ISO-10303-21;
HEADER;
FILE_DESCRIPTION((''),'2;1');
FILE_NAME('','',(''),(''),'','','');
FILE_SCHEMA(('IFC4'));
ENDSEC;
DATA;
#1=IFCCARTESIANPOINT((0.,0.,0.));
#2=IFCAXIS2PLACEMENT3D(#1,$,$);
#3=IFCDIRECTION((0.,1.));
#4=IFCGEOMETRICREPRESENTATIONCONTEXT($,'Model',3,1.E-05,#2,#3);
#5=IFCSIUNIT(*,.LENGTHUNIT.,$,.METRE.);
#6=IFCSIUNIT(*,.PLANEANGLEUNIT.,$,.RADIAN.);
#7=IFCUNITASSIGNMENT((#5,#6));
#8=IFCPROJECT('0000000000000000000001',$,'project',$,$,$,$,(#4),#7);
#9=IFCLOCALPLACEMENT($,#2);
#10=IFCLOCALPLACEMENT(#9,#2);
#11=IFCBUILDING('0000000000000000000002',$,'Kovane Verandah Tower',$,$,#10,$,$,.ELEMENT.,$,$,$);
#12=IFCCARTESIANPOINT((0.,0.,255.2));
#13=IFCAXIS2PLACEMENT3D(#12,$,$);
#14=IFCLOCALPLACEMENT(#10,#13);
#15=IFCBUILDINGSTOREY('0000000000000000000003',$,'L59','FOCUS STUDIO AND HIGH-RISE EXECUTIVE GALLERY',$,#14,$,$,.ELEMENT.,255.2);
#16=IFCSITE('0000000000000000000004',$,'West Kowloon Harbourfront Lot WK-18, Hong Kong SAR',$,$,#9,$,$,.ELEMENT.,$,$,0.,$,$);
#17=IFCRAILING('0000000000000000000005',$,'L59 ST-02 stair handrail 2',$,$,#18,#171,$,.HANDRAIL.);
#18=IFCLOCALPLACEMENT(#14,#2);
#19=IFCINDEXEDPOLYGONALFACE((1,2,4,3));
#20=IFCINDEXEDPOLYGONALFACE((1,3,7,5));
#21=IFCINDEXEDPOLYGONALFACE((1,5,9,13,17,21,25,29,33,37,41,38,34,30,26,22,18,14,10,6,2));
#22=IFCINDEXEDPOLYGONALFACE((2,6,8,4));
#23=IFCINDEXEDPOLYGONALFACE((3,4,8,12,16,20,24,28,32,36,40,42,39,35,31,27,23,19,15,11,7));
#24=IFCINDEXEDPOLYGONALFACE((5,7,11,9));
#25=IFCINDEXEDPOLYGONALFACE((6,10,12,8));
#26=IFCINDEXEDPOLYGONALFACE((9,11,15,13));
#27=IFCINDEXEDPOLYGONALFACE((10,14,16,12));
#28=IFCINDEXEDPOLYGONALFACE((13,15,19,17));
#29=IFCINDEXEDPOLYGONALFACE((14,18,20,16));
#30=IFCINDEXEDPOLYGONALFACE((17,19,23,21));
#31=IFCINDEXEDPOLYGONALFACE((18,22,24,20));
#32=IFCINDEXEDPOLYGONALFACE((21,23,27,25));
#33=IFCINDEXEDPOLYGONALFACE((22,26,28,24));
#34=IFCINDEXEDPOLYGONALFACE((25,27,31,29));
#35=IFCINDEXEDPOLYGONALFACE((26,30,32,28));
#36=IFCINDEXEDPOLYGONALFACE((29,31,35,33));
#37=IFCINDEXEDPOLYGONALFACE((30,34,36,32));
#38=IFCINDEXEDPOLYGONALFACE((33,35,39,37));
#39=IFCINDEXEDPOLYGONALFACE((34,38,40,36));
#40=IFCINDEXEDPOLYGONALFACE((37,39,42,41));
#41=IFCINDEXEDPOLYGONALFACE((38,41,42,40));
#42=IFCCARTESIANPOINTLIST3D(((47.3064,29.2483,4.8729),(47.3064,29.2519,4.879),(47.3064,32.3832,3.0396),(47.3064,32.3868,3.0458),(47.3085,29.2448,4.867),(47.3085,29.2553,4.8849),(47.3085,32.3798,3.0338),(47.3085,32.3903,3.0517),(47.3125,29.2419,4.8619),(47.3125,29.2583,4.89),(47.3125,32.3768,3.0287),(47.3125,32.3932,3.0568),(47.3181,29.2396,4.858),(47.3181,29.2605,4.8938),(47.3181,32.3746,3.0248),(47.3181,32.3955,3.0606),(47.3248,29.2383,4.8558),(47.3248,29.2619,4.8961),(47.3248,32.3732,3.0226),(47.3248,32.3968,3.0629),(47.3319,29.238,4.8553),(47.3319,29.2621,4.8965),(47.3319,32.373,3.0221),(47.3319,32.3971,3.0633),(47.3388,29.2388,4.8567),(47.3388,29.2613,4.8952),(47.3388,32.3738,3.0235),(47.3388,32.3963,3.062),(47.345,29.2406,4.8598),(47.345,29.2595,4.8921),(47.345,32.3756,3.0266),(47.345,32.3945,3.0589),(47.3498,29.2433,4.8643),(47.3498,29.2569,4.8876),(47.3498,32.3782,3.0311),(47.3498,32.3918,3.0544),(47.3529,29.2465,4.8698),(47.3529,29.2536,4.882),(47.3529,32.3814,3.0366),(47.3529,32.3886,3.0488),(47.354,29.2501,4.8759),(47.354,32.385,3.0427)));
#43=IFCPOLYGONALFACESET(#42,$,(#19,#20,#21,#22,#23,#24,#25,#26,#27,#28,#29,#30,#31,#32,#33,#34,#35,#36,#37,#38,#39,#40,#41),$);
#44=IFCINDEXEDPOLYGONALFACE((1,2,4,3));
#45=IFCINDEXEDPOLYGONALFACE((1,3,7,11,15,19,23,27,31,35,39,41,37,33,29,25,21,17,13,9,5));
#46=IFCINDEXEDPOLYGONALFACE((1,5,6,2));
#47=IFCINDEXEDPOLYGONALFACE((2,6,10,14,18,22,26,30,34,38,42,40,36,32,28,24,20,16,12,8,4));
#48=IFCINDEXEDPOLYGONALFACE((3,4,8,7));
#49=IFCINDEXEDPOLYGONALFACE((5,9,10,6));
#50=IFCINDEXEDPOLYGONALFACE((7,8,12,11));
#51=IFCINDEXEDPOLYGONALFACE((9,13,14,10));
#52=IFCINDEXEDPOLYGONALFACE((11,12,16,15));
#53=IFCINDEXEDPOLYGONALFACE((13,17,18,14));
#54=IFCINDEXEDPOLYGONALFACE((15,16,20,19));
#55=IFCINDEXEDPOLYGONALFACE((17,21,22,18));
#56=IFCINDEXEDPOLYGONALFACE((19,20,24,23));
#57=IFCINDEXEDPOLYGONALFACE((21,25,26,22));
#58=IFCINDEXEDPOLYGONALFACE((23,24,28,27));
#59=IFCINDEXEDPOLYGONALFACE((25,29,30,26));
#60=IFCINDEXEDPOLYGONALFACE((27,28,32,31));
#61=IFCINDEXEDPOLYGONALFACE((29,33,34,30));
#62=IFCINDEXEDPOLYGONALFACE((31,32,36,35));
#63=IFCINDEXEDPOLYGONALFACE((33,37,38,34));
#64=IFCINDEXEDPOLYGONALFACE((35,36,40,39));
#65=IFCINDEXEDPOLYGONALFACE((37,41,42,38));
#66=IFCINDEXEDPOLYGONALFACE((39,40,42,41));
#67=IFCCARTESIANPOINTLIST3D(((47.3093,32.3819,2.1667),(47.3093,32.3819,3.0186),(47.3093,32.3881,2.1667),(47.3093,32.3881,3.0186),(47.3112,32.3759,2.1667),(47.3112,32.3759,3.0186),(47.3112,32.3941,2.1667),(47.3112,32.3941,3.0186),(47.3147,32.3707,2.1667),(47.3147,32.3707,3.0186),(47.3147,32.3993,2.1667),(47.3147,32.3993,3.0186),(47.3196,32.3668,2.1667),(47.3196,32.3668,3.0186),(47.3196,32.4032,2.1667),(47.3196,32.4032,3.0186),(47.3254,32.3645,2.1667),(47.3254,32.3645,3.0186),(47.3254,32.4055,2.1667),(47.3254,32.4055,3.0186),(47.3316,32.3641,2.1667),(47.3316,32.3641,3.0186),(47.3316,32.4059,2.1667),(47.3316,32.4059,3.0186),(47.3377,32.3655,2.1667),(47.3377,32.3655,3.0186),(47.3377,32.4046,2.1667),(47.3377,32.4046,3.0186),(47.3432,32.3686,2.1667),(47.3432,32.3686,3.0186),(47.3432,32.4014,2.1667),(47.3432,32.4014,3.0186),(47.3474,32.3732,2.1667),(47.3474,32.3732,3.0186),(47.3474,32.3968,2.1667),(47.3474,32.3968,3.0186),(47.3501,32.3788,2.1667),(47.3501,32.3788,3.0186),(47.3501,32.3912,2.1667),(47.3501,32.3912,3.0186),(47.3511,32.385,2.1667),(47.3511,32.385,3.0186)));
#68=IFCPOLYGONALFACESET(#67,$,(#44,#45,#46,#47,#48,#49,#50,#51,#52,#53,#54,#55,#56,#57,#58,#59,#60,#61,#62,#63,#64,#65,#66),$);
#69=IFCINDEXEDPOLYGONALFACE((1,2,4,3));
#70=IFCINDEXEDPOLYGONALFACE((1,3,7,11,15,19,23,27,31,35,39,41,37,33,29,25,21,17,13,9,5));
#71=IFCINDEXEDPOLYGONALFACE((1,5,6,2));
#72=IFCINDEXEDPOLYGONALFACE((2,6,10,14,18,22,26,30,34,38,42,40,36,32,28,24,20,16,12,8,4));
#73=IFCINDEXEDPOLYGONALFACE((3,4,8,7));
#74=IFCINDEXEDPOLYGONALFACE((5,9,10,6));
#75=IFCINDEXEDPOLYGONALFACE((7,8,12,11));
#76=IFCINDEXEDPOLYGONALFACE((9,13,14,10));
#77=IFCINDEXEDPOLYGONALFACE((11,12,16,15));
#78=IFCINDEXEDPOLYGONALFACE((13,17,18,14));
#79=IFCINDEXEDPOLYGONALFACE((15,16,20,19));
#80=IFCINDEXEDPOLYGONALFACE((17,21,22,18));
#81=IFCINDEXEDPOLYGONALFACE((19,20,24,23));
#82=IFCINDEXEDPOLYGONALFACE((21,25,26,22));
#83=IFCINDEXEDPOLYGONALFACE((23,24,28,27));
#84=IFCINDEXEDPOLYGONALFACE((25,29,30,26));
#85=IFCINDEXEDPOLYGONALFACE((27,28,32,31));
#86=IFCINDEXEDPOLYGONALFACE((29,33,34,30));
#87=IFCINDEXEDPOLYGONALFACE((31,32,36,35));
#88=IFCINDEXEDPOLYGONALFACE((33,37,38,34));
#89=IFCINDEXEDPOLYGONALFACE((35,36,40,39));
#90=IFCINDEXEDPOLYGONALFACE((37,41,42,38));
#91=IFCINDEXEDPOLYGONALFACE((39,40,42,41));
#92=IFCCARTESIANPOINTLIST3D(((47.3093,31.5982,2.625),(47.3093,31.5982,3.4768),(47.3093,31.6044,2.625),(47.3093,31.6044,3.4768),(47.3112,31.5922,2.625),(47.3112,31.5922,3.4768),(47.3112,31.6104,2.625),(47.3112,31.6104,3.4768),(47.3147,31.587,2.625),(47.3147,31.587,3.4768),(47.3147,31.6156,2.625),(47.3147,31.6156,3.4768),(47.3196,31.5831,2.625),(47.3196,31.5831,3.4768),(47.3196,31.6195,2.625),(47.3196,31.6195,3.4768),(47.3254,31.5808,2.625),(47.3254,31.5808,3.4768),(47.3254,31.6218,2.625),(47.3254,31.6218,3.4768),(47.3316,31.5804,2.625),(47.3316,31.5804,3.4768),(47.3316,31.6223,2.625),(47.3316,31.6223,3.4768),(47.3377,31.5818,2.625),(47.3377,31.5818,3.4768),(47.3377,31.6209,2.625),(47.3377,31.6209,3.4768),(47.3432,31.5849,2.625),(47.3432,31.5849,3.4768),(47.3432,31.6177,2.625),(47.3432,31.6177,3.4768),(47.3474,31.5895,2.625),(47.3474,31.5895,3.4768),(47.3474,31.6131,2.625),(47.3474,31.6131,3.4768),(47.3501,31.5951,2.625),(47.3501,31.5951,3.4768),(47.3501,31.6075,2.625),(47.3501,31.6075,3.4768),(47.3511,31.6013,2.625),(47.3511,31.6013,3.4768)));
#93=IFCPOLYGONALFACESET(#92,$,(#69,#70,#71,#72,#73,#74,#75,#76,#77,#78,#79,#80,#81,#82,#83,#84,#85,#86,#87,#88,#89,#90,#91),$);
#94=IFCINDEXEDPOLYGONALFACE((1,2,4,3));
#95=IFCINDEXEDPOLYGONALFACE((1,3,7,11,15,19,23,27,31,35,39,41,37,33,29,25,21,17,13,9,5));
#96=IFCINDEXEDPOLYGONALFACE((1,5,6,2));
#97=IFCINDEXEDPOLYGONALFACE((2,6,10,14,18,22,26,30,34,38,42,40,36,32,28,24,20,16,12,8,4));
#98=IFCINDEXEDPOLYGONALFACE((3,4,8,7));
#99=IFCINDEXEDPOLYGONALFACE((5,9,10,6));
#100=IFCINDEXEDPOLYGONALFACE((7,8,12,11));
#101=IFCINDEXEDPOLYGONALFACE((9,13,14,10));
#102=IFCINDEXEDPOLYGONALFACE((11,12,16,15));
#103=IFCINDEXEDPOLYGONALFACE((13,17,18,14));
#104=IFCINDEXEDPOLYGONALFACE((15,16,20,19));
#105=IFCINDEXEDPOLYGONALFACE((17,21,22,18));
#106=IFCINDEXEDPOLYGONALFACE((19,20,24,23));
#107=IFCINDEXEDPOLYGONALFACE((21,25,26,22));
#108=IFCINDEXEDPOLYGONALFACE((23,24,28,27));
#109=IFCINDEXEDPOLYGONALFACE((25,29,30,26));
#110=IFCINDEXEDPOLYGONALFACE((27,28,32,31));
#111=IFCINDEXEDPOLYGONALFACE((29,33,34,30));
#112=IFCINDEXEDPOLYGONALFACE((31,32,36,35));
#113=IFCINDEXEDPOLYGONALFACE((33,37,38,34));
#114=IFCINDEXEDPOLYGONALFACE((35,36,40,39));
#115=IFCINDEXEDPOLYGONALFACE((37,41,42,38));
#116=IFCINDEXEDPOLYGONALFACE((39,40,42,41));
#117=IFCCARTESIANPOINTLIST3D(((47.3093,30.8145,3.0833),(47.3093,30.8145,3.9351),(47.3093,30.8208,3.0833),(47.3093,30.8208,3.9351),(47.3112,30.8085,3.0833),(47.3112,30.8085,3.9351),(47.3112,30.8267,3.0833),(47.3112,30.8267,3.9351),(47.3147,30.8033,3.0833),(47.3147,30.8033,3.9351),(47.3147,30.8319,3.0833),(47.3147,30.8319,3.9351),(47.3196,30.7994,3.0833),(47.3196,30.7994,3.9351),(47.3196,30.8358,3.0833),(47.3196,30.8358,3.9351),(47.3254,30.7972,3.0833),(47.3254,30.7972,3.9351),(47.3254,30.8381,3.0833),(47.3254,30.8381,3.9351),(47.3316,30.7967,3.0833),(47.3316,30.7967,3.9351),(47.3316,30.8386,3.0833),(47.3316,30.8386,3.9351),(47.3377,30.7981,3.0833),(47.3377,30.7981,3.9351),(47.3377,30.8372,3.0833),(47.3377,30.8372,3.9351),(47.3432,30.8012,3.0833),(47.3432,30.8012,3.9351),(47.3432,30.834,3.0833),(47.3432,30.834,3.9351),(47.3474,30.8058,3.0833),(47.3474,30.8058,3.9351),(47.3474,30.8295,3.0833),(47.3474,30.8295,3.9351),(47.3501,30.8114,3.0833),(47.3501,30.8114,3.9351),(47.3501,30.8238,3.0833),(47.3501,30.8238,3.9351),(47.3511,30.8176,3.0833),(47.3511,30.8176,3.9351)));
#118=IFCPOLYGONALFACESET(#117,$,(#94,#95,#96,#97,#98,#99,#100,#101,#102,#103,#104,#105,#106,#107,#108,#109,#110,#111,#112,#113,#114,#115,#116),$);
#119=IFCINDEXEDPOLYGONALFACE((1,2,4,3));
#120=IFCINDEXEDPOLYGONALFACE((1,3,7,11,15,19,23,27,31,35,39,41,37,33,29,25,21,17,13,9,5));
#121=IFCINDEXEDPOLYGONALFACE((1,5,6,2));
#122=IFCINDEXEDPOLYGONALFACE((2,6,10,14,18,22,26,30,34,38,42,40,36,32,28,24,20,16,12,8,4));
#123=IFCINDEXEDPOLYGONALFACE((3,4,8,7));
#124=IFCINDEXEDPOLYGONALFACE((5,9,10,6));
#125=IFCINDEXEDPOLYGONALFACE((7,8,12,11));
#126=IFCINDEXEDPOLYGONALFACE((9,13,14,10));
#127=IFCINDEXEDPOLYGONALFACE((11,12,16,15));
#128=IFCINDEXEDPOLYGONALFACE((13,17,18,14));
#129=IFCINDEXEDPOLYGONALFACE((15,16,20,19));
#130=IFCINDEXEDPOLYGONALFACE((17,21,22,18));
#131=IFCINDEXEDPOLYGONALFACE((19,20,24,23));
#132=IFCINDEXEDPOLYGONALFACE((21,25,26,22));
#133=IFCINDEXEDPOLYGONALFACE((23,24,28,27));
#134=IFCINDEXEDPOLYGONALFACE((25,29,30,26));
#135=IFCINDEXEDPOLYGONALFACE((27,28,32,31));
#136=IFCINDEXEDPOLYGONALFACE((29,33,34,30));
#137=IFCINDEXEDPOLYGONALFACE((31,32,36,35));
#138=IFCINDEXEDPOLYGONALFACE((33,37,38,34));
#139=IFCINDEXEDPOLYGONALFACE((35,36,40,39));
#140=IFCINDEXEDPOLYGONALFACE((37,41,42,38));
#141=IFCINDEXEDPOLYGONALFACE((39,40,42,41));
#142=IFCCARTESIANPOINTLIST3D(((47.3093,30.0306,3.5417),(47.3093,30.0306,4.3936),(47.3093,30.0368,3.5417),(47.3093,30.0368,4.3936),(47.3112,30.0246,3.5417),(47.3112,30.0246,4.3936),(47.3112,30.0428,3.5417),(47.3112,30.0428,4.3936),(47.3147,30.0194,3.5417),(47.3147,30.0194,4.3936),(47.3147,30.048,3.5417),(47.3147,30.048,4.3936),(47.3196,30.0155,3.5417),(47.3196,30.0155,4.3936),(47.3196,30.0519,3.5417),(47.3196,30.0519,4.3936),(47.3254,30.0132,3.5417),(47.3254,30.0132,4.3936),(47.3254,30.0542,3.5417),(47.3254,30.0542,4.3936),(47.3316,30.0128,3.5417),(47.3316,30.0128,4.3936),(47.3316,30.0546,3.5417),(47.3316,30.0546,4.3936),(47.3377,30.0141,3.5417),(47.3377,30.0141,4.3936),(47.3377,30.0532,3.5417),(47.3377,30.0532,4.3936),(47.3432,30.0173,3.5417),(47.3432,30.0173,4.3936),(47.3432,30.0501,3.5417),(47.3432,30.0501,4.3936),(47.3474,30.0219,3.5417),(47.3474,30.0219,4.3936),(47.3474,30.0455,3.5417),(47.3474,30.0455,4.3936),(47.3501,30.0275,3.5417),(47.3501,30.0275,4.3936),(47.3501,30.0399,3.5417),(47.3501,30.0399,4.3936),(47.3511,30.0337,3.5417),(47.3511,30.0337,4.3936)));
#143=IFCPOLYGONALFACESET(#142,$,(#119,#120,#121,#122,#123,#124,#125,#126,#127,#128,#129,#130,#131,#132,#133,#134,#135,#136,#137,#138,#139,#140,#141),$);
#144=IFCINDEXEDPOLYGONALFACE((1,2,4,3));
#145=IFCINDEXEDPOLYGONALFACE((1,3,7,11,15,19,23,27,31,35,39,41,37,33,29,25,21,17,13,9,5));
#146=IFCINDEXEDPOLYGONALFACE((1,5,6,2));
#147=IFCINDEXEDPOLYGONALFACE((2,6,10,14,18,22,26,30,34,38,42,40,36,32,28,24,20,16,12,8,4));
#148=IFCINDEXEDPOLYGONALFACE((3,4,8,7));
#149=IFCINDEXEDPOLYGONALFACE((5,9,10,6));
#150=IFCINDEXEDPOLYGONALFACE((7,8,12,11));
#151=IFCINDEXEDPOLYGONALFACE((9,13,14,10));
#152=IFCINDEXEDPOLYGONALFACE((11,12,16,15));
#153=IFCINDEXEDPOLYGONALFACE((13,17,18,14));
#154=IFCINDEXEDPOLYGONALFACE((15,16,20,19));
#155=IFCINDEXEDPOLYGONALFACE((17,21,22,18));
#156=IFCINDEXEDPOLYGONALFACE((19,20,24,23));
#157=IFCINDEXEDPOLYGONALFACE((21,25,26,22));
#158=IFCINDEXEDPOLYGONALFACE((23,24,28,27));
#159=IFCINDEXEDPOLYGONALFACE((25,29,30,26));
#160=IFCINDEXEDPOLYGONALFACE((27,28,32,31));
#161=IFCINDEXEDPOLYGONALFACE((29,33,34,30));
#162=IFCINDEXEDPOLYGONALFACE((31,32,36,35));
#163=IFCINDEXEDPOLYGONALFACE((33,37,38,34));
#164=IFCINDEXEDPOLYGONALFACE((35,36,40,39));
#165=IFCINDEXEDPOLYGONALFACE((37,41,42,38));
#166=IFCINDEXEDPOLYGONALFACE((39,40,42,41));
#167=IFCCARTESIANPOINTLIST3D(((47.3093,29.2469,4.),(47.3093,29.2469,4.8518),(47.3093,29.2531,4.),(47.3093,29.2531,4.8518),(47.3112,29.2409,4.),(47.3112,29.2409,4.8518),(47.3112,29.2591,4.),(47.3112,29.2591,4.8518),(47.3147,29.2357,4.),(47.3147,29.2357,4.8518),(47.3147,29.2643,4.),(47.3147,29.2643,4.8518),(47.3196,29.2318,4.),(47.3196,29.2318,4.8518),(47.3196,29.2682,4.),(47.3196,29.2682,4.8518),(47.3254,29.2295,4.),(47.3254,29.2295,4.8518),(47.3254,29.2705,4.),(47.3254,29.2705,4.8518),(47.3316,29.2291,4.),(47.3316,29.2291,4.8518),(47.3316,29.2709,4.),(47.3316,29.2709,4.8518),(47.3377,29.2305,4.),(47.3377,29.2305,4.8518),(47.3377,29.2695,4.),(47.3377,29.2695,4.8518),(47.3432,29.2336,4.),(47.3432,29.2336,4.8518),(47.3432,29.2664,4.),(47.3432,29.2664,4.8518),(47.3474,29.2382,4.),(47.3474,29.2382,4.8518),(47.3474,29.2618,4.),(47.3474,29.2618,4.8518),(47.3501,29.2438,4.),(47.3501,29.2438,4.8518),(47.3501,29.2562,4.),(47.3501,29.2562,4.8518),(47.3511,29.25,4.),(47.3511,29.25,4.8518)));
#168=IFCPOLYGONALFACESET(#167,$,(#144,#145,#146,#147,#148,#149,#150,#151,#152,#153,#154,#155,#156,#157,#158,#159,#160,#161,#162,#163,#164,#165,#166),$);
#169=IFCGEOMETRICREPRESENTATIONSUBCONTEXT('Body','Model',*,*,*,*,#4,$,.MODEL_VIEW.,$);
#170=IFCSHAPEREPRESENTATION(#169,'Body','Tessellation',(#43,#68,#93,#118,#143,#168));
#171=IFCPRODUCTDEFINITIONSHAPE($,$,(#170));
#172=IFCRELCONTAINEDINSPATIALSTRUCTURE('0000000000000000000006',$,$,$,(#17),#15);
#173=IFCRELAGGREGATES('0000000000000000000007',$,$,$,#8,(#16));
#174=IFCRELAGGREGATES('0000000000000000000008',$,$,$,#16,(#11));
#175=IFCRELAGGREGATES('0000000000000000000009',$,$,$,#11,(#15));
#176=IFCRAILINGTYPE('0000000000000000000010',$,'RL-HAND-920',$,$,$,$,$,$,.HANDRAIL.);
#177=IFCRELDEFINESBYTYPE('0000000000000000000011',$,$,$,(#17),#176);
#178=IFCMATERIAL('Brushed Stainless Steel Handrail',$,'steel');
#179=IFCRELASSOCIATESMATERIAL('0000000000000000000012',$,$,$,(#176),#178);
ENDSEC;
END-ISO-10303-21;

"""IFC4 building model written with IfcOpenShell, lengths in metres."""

from ifc_helpers import new_model, si_unit, direction, frame, origin, origin_2d, place, context, subcontext, project, spatial, circle, extrude, material, type_object, element, save


model = new_model("IFC4")

# Units and contexts
model_context = context("Model", 3, precision=1e-05, world=origin(), true_north=direction((0.0, 1.0)))
body_context = subcontext(model_context, "Body", "Model", "MODEL_VIEW")
ifc_project = project(units=[si_unit("LENGTHUNIT", "METRE"), si_unit("PLANEANGLEUNIT", "RADIAN")], contexts=[model_context])

# Site, building, storey
site_placement = place(None, origin())
site = spatial("IfcSite", under=ifc_project, at=site_placement, Name="West Kowloon Harbourfront Lot WK-18, Hong Kong SAR", CompositionType="ELEMENT", RefElevation=0.0)
building_placement = place(site_placement, origin())
building = spatial("IfcBuilding", under=site, at=building_placement, Name="Kovane Verandah Tower", CompositionType="ELEMENT")
storey_placement = place(building_placement, frame((0.0, 0.0, 255.2)))
storey = spatial("IfcBuildingStorey", under=building, at=storey_placement, Name="L59", Description="FOCUS STUDIO AND HIGH-RISE EXECUTIVE GALLERY", CompositionType="ELEMENT", Elevation=255.2)

# Railing
ifc_material_1 = material(Name="Brushed Stainless Steel Handrail", Category="steel")
railing_type_1 = type_object("IfcRailingType", Name="RL-HAND-920", PredefinedType="HANDRAIL", material=ifc_material_1)
railing_1_placement = place(storey_placement, frame((47.3301, 32.385, 2.1667)))
element("IfcRailing", 1, at=railing_1_placement, inside=storey, type_object=railing_type_1, Name="L59 ST-02 stair handrail 2", PredefinedType="HANDRAIL", context=body_context, shape_type="SweptSolid", body=[
    extrude(circle(Radius=0.0239, at=origin_2d()), frame((0.0, 0.0, 0.876), z_axis=(0.0, -0.86324, 0.504794), x_axis=(1.0, 0.0, 0.0)), (0.0, 0.0, 1.0), 3.6316),
    extrude(circle(Radius=0.021, at=origin_2d()), origin(), (0.0, 0.0, 1.0), 0.8518),
    extrude(circle(Radius=0.021, at=origin_2d()), frame((0.0, -0.7837, 0.4583)), (0.0, 0.0, 1.0), 0.8518),
    extrude(circle(Radius=0.021, at=origin_2d()), frame((0.0, -1.5674, 0.9165)), (0.0, 0.0, 1.0), 0.8518),
    extrude(circle(Radius=0.021, at=origin_2d()), frame((0.0, -2.3513, 1.375)), (0.0, 0.0, 1.0), 0.8518),
    extrude(circle(Radius=0.021, at=origin_2d()), frame((0.0, -3.135, 1.8333)), (0.0, 0.0, 1.0), 0.8518),
])

save(model, "model.ifc")
